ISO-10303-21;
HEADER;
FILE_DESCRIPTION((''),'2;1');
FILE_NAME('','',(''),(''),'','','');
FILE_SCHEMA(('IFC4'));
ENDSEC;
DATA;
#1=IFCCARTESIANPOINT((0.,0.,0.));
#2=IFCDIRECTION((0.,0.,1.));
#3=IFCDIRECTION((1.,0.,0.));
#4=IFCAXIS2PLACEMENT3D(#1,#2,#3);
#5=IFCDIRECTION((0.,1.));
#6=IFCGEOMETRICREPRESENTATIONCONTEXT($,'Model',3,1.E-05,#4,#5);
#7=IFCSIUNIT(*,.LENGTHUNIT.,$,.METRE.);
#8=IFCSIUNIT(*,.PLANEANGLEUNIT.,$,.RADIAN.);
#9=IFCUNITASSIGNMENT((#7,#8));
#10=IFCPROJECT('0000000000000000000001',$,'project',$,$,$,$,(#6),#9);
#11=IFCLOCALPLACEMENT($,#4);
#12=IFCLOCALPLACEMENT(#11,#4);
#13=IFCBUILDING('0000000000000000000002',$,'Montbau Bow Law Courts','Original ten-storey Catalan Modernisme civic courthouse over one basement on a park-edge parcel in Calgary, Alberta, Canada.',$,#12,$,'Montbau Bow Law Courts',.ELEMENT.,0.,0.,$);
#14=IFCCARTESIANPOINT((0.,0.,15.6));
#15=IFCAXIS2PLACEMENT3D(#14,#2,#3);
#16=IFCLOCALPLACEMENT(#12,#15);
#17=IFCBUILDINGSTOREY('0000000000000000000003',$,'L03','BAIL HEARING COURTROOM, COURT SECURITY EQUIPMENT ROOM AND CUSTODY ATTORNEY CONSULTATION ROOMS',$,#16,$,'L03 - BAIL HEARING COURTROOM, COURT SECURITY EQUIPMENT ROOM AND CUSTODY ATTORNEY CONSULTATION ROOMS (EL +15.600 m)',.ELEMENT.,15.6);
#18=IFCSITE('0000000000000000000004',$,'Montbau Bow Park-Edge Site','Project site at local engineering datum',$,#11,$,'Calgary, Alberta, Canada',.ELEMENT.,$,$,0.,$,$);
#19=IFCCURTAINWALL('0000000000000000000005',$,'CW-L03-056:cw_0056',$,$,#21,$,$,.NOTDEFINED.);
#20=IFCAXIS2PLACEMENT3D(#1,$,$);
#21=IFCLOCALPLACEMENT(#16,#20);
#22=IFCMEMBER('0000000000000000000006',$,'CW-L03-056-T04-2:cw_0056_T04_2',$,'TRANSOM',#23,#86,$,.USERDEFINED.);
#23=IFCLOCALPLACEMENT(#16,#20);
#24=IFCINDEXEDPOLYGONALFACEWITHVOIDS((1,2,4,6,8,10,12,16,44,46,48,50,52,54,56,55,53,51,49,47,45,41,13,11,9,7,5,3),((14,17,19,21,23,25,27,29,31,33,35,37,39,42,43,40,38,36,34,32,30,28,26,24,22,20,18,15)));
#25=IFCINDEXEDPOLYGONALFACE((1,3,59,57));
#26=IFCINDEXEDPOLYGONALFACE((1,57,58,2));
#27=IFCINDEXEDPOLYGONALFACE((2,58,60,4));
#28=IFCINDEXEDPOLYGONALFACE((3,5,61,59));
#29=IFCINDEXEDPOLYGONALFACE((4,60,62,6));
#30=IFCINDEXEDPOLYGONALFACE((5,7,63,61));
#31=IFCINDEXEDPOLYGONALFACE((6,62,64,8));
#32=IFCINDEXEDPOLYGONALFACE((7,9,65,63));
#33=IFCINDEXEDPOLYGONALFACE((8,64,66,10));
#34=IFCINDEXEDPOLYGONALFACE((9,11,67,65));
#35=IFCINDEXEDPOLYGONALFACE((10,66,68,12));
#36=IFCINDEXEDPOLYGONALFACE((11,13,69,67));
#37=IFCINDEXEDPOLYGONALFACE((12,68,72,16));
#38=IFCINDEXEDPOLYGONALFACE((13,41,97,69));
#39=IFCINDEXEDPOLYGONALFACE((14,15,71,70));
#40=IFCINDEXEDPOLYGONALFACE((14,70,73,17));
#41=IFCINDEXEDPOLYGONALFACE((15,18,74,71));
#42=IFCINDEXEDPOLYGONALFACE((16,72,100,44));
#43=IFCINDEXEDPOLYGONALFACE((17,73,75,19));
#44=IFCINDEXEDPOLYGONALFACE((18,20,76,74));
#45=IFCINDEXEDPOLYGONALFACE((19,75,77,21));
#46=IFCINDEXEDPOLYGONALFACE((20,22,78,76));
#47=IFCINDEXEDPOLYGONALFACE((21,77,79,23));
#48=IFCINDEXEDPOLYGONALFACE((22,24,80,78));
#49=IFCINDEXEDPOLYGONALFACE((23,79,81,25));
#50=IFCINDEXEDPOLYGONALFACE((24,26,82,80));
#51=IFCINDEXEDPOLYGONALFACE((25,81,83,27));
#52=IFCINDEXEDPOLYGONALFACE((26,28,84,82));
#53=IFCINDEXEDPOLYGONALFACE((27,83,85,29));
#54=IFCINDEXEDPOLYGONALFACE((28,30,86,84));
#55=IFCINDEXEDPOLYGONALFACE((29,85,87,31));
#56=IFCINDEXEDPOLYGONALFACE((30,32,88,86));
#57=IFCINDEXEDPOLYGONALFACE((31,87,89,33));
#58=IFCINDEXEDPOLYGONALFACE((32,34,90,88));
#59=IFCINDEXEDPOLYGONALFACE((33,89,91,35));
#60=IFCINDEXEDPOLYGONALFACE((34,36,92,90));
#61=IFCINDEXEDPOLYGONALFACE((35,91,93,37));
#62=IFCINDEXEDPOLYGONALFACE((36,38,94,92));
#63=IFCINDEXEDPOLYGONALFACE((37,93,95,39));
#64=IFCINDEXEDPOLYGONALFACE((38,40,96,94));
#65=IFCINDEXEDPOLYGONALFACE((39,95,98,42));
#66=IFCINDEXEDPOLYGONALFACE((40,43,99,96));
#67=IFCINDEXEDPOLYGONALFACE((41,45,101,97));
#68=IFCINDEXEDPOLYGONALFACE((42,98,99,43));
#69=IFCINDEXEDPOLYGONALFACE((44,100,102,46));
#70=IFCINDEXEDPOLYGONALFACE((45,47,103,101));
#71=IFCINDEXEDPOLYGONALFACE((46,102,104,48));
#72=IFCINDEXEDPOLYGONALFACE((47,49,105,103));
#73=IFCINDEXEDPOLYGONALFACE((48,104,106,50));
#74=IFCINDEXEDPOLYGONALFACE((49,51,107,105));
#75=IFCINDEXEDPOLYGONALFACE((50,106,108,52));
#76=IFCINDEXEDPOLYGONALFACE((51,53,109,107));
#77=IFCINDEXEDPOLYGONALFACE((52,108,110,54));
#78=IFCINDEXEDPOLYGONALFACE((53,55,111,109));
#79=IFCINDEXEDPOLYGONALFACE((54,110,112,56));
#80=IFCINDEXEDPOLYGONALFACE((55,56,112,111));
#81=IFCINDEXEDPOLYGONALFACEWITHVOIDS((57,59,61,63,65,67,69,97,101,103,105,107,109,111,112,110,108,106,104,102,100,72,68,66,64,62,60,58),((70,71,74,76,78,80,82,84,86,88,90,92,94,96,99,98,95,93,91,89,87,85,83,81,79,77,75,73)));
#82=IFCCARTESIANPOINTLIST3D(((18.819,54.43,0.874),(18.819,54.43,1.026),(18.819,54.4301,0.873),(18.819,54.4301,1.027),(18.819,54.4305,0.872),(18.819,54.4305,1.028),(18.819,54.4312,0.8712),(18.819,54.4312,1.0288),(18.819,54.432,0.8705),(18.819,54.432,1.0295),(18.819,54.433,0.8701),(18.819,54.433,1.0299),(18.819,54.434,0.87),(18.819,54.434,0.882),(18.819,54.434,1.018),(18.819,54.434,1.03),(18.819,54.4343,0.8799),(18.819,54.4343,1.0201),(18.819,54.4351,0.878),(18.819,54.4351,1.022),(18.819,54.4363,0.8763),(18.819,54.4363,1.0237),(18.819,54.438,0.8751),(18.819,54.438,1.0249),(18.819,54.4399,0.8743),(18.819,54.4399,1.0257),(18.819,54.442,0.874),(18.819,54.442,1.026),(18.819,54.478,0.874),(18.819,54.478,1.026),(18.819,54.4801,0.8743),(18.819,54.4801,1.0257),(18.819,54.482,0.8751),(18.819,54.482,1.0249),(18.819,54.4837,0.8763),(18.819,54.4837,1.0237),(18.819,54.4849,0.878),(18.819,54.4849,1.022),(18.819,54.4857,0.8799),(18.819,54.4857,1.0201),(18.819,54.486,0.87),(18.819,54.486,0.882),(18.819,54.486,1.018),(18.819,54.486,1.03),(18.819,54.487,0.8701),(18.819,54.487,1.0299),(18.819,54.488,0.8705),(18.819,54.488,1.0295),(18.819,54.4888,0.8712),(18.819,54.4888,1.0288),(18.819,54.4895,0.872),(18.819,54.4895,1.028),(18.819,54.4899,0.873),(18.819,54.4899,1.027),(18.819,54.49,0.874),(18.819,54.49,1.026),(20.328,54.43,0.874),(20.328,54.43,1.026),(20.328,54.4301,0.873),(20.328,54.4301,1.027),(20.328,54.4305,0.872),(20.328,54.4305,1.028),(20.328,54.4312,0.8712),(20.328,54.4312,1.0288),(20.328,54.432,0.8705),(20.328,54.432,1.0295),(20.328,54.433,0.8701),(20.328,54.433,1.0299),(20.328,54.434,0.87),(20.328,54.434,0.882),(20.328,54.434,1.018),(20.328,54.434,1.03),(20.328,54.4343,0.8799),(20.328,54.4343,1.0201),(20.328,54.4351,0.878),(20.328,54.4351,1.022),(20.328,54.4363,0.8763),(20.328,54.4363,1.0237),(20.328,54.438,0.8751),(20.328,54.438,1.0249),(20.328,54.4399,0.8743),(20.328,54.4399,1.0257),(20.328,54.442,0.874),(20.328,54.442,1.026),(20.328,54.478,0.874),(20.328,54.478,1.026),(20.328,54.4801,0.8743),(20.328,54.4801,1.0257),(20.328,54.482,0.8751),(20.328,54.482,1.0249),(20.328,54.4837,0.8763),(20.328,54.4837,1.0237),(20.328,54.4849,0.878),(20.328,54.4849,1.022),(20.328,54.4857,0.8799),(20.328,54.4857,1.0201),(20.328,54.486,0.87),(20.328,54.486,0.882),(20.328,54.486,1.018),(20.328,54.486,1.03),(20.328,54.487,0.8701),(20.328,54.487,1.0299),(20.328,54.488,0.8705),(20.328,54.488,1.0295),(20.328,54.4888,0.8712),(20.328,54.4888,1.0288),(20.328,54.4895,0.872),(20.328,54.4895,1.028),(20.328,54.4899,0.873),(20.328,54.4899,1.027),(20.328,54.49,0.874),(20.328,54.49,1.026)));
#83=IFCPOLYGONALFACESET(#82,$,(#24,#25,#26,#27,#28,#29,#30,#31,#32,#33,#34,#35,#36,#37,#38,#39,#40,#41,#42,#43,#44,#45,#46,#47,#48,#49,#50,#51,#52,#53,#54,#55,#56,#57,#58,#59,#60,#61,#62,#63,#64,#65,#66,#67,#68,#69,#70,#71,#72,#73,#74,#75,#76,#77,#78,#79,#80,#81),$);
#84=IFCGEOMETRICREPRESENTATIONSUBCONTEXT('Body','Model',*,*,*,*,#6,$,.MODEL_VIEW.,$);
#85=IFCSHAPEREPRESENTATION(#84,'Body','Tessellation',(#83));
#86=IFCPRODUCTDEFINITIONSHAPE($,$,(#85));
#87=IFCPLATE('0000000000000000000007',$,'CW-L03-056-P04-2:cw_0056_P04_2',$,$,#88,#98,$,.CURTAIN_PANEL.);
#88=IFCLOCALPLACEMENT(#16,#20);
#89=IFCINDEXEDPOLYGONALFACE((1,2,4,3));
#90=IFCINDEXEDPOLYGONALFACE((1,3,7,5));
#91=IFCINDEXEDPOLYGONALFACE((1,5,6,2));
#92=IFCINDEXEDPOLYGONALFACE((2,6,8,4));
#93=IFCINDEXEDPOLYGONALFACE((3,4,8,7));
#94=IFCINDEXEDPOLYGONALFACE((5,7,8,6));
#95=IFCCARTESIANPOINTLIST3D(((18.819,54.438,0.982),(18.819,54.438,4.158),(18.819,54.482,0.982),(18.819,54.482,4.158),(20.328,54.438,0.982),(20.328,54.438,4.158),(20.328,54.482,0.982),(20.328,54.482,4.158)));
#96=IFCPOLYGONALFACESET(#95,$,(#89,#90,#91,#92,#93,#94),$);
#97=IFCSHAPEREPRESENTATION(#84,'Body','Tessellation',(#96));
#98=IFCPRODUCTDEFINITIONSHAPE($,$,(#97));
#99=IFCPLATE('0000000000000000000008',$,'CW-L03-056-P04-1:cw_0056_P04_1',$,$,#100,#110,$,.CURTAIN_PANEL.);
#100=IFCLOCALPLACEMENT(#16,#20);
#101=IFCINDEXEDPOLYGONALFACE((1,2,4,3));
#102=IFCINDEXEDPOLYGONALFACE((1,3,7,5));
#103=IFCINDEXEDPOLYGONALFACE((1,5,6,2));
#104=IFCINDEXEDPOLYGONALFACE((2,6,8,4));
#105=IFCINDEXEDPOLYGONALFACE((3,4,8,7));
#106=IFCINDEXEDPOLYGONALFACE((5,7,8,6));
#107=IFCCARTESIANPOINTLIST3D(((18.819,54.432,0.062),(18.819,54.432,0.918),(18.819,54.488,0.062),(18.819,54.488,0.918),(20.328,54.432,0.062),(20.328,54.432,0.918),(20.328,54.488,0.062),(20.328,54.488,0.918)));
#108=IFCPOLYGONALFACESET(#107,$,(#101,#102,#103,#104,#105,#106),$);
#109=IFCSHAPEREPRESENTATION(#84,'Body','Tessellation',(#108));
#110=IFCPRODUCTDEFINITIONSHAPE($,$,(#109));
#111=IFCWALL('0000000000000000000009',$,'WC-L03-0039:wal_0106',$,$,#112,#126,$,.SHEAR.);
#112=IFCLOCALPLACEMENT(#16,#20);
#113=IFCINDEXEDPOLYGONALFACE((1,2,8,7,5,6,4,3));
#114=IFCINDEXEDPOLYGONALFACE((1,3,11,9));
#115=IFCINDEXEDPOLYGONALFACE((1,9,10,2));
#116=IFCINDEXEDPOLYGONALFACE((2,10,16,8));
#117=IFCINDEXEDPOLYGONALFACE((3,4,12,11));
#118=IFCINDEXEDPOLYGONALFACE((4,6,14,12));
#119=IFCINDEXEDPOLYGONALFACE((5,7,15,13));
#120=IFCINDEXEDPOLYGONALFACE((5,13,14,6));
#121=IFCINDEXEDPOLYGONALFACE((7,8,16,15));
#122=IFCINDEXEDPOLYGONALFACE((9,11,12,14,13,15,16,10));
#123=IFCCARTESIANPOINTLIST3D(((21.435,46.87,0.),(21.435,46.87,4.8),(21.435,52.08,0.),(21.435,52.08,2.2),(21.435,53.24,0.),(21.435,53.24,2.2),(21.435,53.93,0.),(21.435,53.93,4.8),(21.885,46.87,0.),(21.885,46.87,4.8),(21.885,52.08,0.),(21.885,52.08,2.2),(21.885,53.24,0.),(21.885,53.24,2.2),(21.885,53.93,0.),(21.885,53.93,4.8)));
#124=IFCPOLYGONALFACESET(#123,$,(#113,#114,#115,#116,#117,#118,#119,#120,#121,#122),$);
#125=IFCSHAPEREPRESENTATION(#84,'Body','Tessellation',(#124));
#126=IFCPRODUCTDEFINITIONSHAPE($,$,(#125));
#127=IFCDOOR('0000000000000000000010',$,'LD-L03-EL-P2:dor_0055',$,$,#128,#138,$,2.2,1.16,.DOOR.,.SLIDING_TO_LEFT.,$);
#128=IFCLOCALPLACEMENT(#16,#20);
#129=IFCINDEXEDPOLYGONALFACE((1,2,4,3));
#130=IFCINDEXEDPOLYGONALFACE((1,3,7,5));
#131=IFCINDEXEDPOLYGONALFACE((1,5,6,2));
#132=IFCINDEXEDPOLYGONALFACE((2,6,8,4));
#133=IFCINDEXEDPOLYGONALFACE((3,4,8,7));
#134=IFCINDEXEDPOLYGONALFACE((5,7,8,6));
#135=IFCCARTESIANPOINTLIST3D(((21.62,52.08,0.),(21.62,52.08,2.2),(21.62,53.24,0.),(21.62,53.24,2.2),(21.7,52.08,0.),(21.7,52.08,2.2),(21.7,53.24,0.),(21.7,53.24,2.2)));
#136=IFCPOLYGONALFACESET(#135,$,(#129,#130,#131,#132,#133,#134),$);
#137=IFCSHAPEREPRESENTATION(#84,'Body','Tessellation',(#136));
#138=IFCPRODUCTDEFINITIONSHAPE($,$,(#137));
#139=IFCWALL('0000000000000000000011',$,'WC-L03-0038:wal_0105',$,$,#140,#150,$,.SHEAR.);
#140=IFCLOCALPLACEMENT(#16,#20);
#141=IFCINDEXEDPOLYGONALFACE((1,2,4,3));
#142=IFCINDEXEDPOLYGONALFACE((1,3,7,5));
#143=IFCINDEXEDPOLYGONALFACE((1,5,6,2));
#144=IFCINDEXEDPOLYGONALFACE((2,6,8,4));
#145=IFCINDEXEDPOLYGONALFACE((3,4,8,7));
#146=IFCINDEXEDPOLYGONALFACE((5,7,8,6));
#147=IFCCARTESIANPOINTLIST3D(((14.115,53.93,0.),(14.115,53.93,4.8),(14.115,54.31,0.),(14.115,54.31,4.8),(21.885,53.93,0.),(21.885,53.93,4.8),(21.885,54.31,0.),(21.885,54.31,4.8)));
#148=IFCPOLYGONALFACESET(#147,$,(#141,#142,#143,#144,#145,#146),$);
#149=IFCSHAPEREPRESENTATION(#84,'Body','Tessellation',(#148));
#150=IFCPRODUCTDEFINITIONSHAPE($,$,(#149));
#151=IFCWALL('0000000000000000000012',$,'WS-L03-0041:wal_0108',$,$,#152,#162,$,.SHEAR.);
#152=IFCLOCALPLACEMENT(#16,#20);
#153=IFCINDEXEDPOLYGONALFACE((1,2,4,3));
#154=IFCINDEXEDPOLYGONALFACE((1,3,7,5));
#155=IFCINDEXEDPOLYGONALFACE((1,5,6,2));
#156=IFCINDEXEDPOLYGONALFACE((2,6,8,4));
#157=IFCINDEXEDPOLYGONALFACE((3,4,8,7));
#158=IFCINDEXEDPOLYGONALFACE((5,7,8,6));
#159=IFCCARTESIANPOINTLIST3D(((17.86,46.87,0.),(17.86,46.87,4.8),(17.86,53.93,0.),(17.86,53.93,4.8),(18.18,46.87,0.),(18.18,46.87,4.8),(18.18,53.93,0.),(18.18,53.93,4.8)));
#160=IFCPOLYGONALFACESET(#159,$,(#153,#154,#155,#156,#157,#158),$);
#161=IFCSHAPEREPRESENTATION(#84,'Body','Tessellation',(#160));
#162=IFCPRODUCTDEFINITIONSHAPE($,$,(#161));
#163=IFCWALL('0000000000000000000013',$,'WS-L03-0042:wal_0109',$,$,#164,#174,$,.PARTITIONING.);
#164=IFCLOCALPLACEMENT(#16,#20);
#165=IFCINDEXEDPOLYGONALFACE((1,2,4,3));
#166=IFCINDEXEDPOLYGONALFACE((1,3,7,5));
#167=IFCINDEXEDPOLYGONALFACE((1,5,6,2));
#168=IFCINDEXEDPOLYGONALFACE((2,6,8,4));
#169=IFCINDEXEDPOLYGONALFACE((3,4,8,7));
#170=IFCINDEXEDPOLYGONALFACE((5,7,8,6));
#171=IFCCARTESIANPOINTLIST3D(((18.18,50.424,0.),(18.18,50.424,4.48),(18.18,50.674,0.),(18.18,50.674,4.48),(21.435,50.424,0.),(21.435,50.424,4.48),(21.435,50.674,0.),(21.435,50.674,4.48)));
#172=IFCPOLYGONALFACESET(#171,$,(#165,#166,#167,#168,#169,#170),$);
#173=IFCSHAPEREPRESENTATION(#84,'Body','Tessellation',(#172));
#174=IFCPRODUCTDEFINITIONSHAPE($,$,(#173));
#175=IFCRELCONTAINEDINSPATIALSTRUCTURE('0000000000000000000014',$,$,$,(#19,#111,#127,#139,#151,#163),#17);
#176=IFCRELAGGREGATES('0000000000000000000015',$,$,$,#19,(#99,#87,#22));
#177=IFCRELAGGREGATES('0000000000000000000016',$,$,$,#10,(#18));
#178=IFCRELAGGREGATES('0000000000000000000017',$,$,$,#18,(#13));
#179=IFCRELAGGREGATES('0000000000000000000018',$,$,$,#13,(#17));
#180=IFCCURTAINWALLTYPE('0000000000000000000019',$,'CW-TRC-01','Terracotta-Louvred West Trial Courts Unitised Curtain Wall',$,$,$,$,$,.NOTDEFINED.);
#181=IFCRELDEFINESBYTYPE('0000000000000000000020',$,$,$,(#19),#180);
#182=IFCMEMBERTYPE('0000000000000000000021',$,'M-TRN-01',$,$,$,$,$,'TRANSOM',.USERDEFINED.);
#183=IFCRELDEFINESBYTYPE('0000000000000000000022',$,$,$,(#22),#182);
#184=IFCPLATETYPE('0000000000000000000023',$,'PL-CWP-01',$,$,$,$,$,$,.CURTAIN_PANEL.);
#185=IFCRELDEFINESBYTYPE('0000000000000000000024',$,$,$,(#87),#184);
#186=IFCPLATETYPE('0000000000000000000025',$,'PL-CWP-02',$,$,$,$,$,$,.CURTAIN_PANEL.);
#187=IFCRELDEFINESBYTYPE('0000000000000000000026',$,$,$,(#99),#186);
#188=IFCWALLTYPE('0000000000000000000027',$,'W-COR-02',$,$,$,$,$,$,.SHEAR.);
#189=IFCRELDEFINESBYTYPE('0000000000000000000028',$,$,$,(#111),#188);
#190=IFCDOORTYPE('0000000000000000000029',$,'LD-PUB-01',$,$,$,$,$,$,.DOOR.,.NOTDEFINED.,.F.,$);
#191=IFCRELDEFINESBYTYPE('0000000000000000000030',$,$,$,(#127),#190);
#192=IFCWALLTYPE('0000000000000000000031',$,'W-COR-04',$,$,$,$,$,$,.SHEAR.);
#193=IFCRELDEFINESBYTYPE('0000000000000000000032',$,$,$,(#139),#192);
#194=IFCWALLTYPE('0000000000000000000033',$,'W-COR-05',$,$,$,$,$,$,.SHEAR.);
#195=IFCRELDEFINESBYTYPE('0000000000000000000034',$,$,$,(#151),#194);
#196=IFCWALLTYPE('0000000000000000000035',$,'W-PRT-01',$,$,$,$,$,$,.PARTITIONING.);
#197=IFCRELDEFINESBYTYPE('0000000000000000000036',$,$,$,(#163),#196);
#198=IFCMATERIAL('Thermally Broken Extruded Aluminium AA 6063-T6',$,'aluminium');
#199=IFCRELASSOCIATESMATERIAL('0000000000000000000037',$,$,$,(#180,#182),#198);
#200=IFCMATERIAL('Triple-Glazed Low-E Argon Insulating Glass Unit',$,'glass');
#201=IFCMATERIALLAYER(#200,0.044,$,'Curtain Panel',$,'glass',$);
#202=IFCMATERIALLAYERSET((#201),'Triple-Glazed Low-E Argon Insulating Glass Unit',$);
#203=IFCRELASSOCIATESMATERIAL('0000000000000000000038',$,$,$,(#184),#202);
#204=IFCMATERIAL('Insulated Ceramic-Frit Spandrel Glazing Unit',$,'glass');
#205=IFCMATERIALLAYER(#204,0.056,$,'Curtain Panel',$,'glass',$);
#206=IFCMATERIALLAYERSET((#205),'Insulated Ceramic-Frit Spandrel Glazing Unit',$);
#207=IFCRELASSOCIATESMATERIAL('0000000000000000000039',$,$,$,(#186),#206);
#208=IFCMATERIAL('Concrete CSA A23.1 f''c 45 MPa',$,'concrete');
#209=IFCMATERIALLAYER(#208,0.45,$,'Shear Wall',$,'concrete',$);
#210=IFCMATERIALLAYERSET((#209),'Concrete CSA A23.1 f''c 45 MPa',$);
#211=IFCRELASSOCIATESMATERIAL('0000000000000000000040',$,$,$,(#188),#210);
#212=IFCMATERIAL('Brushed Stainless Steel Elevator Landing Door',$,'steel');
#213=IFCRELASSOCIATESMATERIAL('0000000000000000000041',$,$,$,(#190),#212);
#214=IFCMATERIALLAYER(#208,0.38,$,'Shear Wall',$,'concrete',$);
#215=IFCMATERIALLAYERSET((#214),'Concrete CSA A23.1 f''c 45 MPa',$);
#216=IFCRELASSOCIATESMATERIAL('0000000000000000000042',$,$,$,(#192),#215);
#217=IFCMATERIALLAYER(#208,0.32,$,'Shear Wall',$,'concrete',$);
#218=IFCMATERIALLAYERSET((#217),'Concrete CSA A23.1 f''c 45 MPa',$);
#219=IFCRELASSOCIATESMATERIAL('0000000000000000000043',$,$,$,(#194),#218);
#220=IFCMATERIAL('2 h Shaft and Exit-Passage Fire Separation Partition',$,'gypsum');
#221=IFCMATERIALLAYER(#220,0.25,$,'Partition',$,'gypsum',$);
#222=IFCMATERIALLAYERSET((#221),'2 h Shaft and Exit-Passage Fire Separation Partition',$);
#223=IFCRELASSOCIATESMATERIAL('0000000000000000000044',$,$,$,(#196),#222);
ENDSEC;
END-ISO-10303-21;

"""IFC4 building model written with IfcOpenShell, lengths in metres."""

from ifc_helpers import new_model, si_unit, direction, frame, frame_2d, origin_with_axes, origin_2d_with_axis, place, context, subcontext, project, spatial, rectangle, hollow_rectangle, extrude, material, layer, layer_set, material_profile, profile_set, type_object, element, fill, aggregate, save


model = new_model("IFC4")

# Units and contexts
model_context = context("Model", 3, precision=1e-05, world=origin_with_axes(), true_north=direction((0.0, 1.0)))
body_context = subcontext(model_context, "Body", "Model", "MODEL_VIEW")
ifc_project = project(units=[si_unit("LENGTHUNIT", "METRE"), si_unit("PLANEANGLEUNIT", "RADIAN")], contexts=[model_context])

# Site, building, storey
site_placement = place(None, origin_with_axes())
site = spatial("IfcSite", under=ifc_project, at=site_placement, Name="Montbau Bow Park-Edge Site", Description="Project site at local engineering datum", LongName="Calgary, Alberta, Canada", CompositionType="ELEMENT", RefElevation=0.0)
building_placement = place(site_placement, origin_with_axes())
building = spatial("IfcBuilding", under=site, at=building_placement, Name="Montbau Bow Law Courts", Description="Original ten-storey Catalan Modernisme civic courthouse over one basement on a park-edge parcel in Calgary, Alberta, Canada.", LongName="Montbau Bow Law Courts", CompositionType="ELEMENT", ElevationOfRefHeight=0.0, ElevationOfTerrain=0.0)
storey_placement = place(building_placement, frame((0.0, 0.0, 15.6), z_axis=(0.0, 0.0, 1.0), x_axis=(1.0, 0.0, 0.0)))
storey = spatial("IfcBuildingStorey", under=building, at=storey_placement, Name="L03", Description="BAIL HEARING COURTROOM, COURT SECURITY EQUIPMENT ROOM AND CUSTODY ATTORNEY CONSULTATION ROOMS", LongName="L03 - BAIL HEARING COURTROOM, COURT SECURITY EQUIPMENT ROOM AND CUSTODY ATTORNEY CONSULTATION ROOMS (EL +15.600 m)", CompositionType="ELEMENT", Elevation=15.6)

# Curtain wall, member, plates
ifc_material_1 = material(Name="Thermally Broken Extruded Aluminium AA 6063-T6", Category="aluminium")
curtain_wall_type = type_object("IfcCurtainWallType", Name="CW-TRC-01", Description="Terracotta-Louvred West Trial Courts Unitised Curtain Wall", PredefinedType="NOTDEFINED", material=ifc_material_1)
curtain_wall_placement = place(None, frame((14.068, 54.46, 15.6), z_axis=(0.0, 0.0, 1.0), x_axis=(1.0, 0.0, 0.0)))
curtain_wall = element("IfcCurtainWall", 1, at=curtain_wall_placement, inside=storey, type_object=curtain_wall_type, Name="CW-L03-056:cw_0056", PredefinedType="NOTDEFINED")
ifc_material_profile_1 = material_profile(ifc_material_1, hollow_rectangle(XDim=0.06, YDim=0.16, WallThickness=0.004, InnerFilletRadius=0.008, OuterFilletRadius=0.004, at=origin_2d_with_axis()), Name="CWT-160X60", Category="Main", Priority=0)
ifc_profile_set_1 = profile_set([ifc_material_profile_1], Name="Thermally Broken Extruded Aluminium AA 6063-T6")
member_type_1 = type_object("IfcMemberType", Name="M-TRN-01", ElementType="TRANSOM", PredefinedType="USERDEFINED", material=ifc_profile_set_1)
member_1_placement = place(None, frame((18.819, 54.46, 16.55), z_axis=(1.0, 0.0, 0.0), x_axis=(0.0, 1.0, 0.0)))
member_1 = element("IfcMember", 2, at=member_1_placement, type_object=member_type_1, Name="CW-L03-056-T04-2:cw_0056_T04_2", ObjectType="TRANSOM", PredefinedType="USERDEFINED", context=body_context, shape_type="SweptSolid", body=[
    extrude(hollow_rectangle(XDim=0.06, YDim=0.16, WallThickness=0.004, InnerFilletRadius=0.008, OuterFilletRadius=0.004, at=origin_2d_with_axis()), origin_with_axes(), (0.0, 0.0, 1.0), 1.509),
])
ifc_material_2 = material(Name="Triple-Glazed Low-E Argon Insulating Glass Unit", Category="glass")
ifc_layer_1 = layer(ifc_material_2, 0.044, Name="Curtain Panel", Category="glass")
ifc_layer_set_1 = layer_set([ifc_layer_1], Name="Triple-Glazed Low-E Argon Insulating Glass Unit")
plate_type_1 = type_object("IfcPlateType", Name="PL-CWP-01", PredefinedType="CURTAIN_PANEL", material=ifc_layer_set_1)
plate_1_placement = place(None, frame((18.819, 54.46, 16.582), z_axis=(0.0, -1.0, 0.0), x_axis=(1.0, 0.0, 0.0)))
plate_1 = element("IfcPlate", 3, at=plate_1_placement, type_object=plate_type_1, Name="CW-L03-056-P04-2:cw_0056_P04_2", PredefinedType="CURTAIN_PANEL", context=body_context, shape_type="SweptSolid", body=[
    extrude(rectangle(XDim=1.509, YDim=3.176, at=frame_2d((0.7545, 1.588), x_axis=(1.0, 0.0))), frame((0.0, 0.0, -0.022), z_axis=(0.0, 0.0, 1.0), x_axis=(1.0, 0.0, 0.0)), (0.0, 0.0, 1.0), 0.044),
])
ifc_material_3 = material(Name="Insulated Ceramic-Frit Spandrel Glazing Unit", Category="glass")
ifc_layer_2 = layer(ifc_material_3, 0.056, Name="Curtain Panel", Category="glass")
ifc_layer_set_2 = layer_set([ifc_layer_2], Name="Insulated Ceramic-Frit Spandrel Glazing Unit")
plate_type_2 = type_object("IfcPlateType", Name="PL-CWP-02", PredefinedType="CURTAIN_PANEL", material=ifc_layer_set_2)
plate_2_placement = place(None, frame((18.819, 54.46, 15.662), z_axis=(0.0, -1.0, 0.0), x_axis=(1.0, 0.0, 0.0)))
plate_2 = element("IfcPlate", 4, at=plate_2_placement, type_object=plate_type_2, Name="CW-L03-056-P04-1:cw_0056_P04_1", PredefinedType="CURTAIN_PANEL", context=body_context, shape_type="SweptSolid", body=[
    extrude(rectangle(XDim=1.509, YDim=0.856, at=frame_2d((0.7545, 0.428), x_axis=(1.0, 0.0))), frame((0.0, 0.0, -0.028), z_axis=(0.0, 0.0, 1.0), x_axis=(1.0, 0.0, 0.0)), (0.0, 0.0, 1.0), 0.056),
])
aggregate(curtain_wall, [plate_2, plate_1, member_1])

# Wall, opening, door
ifc_material_4 = material(Name="Concrete CSA A23.1 f'c 45 MPa", Category="concrete")
ifc_layer_3 = layer(ifc_material_4, 0.45, Name="Shear Wall", Category="concrete")
ifc_layer_set_3 = layer_set([ifc_layer_3], Name="Concrete CSA A23.1 f'c 45 MPa")
wall_type_1 = type_object("IfcWallType", Name="W-COR-02", PredefinedType="SHEAR", material=ifc_layer_set_3)
wall_1_placement = place(None, frame((21.66, 46.87, 15.6), z_axis=(0.0, 0.0, 1.0), x_axis=(0.0, 1.0, 0.0)))
wall_1 = element("IfcWall", 5, at=wall_1_placement, inside=storey, type_object=wall_type_1, Name="WC-L03-0039:wal_0106", PredefinedType="SHEAR", context=body_context, shape_type="SweptSolid", body=[
    extrude(rectangle(XDim=7.06, YDim=0.45, at=frame_2d((3.53, 0.0), x_axis=(1.0, 0.0))), origin_with_axes(), (0.0, 0.0, 1.0), 4.8),
])
opening_1_placement = place(None, frame((21.66, 52.66, 15.6), z_axis=(0.0, 0.0, 1.0), x_axis=(0.0, 1.0, 0.0)))
opening_1 = element("IfcOpeningElement", 6, at=opening_1_placement, cuts=wall_1, PredefinedType="OPENING", context=body_context, shape_type="SweptSolid", body=[
    extrude(rectangle(XDim=1.16, YDim=2.2, at=frame_2d((0.0, 1.1), x_axis=(1.0, 0.0))), frame((0.0, 0.235, 0.0), z_axis=(0.0, -1.0, 0.0), x_axis=(1.0, 0.0, 0.0)), (0.0, 0.0, 1.0), 0.47),
])
ifc_material_5 = material(Name="Brushed Stainless Steel Elevator Landing Door", Category="steel")
door_type_1 = type_object("IfcDoorType", Name="LD-PUB-01", OperationType="NOTDEFINED", ParameterTakesPrecedence=False, PredefinedType="DOOR", material=ifc_material_5)
door_1_placement = place(None, frame((21.66, 52.66, 15.6), z_axis=(0.0, 0.0, 1.0), x_axis=(0.0, 1.0, 0.0)))
door_1 = element("IfcDoor", 7, at=door_1_placement, inside=storey, type_object=door_type_1, Name="LD-L03-EL-P2:dor_0055", OperationType="SLIDING_TO_LEFT", OverallHeight=2.2, OverallWidth=1.16, PredefinedType="DOOR", context=body_context, shape_type="SweptSolid", body=[
    extrude(rectangle(XDim=1.16, YDim=2.2, at=frame_2d((0.0, 1.1), x_axis=(1.0, 0.0))), frame((0.0, 0.04, 0.0), z_axis=(0.0, -1.0, 0.0), x_axis=(1.0, 0.0, 0.0)), (0.0, 0.0, 1.0), 0.08),
])
fill(opening_1, door_1)

# Walls
ifc_layer_4 = layer(ifc_material_4, 0.38, Name="Shear Wall", Category="concrete")
ifc_layer_set_4 = layer_set([ifc_layer_4], Name="Concrete CSA A23.1 f'c 45 MPa")
wall_type_2 = type_object("IfcWallType", Name="W-COR-04", PredefinedType="SHEAR", material=ifc_layer_set_4)
wall_2_placement = place(None, frame((21.885, 54.12, 15.6), z_axis=(0.0, 0.0, 1.0), x_axis=(-1.0, 0.0, 0.0)))
element("IfcWall", 8, at=wall_2_placement, inside=storey, type_object=wall_type_2, Name="WC-L03-0038:wal_0105", PredefinedType="SHEAR", context=body_context, shape_type="SweptSolid", body=[
    extrude(rectangle(XDim=7.77, YDim=0.38, at=frame_2d((3.885, 0.0), x_axis=(1.0, 0.0))), origin_with_axes(), (0.0, 0.0, 1.0), 4.8),
])
ifc_layer_5 = layer(ifc_material_4, 0.32, Name="Shear Wall", Category="concrete")
ifc_layer_set_5 = layer_set([ifc_layer_5], Name="Concrete CSA A23.1 f'c 45 MPa")
wall_type_3 = type_object("IfcWallType", Name="W-COR-05", PredefinedType="SHEAR", material=ifc_layer_set_5)
wall_3_placement = place(None, frame((18.02, 46.87, 15.6), z_axis=(0.0, 0.0, 1.0), x_axis=(0.0, 1.0, 0.0)))
element("IfcWall", 9, at=wall_3_placement, inside=storey, type_object=wall_type_3, Name="WS-L03-0041:wal_0108", PredefinedType="SHEAR", context=body_context, shape_type="SweptSolid", body=[
    extrude(rectangle(XDim=7.06, YDim=0.32, at=frame_2d((3.53, 0.0), x_axis=(1.0, 0.0))), origin_with_axes(), (0.0, 0.0, 1.0), 4.8),
])
ifc_material_6 = material(Name="2 h Shaft and Exit-Passage Fire Separation Partition", Category="gypsum")
ifc_layer_6 = layer(ifc_material_6, 0.25, Name="Partition", Category="gypsum")
ifc_layer_set_6 = layer_set([ifc_layer_6], Name="2 h Shaft and Exit-Passage Fire Separation Partition")
wall_type_4 = type_object("IfcWallType", Name="W-PRT-01", PredefinedType="PARTITIONING", material=ifc_layer_set_6)
wall_4_placement = place(None, frame((18.18, 50.549, 15.6), z_axis=(0.0, 0.0, 1.0), x_axis=(1.0, 0.0, 0.0)))
element("IfcWall", 10, at=wall_4_placement, inside=storey, type_object=wall_type_4, Name="WS-L03-0042:wal_0109", PredefinedType="PARTITIONING", context=body_context, shape_type="SweptSolid", body=[
    extrude(rectangle(XDim=3.255, YDim=0.25, at=frame_2d((1.6275, 0.0), x_axis=(1.0, 0.0))), origin_with_axes(), (0.0, 0.0, 1.0), 4.48),
])

save(model, "model.ifc")
